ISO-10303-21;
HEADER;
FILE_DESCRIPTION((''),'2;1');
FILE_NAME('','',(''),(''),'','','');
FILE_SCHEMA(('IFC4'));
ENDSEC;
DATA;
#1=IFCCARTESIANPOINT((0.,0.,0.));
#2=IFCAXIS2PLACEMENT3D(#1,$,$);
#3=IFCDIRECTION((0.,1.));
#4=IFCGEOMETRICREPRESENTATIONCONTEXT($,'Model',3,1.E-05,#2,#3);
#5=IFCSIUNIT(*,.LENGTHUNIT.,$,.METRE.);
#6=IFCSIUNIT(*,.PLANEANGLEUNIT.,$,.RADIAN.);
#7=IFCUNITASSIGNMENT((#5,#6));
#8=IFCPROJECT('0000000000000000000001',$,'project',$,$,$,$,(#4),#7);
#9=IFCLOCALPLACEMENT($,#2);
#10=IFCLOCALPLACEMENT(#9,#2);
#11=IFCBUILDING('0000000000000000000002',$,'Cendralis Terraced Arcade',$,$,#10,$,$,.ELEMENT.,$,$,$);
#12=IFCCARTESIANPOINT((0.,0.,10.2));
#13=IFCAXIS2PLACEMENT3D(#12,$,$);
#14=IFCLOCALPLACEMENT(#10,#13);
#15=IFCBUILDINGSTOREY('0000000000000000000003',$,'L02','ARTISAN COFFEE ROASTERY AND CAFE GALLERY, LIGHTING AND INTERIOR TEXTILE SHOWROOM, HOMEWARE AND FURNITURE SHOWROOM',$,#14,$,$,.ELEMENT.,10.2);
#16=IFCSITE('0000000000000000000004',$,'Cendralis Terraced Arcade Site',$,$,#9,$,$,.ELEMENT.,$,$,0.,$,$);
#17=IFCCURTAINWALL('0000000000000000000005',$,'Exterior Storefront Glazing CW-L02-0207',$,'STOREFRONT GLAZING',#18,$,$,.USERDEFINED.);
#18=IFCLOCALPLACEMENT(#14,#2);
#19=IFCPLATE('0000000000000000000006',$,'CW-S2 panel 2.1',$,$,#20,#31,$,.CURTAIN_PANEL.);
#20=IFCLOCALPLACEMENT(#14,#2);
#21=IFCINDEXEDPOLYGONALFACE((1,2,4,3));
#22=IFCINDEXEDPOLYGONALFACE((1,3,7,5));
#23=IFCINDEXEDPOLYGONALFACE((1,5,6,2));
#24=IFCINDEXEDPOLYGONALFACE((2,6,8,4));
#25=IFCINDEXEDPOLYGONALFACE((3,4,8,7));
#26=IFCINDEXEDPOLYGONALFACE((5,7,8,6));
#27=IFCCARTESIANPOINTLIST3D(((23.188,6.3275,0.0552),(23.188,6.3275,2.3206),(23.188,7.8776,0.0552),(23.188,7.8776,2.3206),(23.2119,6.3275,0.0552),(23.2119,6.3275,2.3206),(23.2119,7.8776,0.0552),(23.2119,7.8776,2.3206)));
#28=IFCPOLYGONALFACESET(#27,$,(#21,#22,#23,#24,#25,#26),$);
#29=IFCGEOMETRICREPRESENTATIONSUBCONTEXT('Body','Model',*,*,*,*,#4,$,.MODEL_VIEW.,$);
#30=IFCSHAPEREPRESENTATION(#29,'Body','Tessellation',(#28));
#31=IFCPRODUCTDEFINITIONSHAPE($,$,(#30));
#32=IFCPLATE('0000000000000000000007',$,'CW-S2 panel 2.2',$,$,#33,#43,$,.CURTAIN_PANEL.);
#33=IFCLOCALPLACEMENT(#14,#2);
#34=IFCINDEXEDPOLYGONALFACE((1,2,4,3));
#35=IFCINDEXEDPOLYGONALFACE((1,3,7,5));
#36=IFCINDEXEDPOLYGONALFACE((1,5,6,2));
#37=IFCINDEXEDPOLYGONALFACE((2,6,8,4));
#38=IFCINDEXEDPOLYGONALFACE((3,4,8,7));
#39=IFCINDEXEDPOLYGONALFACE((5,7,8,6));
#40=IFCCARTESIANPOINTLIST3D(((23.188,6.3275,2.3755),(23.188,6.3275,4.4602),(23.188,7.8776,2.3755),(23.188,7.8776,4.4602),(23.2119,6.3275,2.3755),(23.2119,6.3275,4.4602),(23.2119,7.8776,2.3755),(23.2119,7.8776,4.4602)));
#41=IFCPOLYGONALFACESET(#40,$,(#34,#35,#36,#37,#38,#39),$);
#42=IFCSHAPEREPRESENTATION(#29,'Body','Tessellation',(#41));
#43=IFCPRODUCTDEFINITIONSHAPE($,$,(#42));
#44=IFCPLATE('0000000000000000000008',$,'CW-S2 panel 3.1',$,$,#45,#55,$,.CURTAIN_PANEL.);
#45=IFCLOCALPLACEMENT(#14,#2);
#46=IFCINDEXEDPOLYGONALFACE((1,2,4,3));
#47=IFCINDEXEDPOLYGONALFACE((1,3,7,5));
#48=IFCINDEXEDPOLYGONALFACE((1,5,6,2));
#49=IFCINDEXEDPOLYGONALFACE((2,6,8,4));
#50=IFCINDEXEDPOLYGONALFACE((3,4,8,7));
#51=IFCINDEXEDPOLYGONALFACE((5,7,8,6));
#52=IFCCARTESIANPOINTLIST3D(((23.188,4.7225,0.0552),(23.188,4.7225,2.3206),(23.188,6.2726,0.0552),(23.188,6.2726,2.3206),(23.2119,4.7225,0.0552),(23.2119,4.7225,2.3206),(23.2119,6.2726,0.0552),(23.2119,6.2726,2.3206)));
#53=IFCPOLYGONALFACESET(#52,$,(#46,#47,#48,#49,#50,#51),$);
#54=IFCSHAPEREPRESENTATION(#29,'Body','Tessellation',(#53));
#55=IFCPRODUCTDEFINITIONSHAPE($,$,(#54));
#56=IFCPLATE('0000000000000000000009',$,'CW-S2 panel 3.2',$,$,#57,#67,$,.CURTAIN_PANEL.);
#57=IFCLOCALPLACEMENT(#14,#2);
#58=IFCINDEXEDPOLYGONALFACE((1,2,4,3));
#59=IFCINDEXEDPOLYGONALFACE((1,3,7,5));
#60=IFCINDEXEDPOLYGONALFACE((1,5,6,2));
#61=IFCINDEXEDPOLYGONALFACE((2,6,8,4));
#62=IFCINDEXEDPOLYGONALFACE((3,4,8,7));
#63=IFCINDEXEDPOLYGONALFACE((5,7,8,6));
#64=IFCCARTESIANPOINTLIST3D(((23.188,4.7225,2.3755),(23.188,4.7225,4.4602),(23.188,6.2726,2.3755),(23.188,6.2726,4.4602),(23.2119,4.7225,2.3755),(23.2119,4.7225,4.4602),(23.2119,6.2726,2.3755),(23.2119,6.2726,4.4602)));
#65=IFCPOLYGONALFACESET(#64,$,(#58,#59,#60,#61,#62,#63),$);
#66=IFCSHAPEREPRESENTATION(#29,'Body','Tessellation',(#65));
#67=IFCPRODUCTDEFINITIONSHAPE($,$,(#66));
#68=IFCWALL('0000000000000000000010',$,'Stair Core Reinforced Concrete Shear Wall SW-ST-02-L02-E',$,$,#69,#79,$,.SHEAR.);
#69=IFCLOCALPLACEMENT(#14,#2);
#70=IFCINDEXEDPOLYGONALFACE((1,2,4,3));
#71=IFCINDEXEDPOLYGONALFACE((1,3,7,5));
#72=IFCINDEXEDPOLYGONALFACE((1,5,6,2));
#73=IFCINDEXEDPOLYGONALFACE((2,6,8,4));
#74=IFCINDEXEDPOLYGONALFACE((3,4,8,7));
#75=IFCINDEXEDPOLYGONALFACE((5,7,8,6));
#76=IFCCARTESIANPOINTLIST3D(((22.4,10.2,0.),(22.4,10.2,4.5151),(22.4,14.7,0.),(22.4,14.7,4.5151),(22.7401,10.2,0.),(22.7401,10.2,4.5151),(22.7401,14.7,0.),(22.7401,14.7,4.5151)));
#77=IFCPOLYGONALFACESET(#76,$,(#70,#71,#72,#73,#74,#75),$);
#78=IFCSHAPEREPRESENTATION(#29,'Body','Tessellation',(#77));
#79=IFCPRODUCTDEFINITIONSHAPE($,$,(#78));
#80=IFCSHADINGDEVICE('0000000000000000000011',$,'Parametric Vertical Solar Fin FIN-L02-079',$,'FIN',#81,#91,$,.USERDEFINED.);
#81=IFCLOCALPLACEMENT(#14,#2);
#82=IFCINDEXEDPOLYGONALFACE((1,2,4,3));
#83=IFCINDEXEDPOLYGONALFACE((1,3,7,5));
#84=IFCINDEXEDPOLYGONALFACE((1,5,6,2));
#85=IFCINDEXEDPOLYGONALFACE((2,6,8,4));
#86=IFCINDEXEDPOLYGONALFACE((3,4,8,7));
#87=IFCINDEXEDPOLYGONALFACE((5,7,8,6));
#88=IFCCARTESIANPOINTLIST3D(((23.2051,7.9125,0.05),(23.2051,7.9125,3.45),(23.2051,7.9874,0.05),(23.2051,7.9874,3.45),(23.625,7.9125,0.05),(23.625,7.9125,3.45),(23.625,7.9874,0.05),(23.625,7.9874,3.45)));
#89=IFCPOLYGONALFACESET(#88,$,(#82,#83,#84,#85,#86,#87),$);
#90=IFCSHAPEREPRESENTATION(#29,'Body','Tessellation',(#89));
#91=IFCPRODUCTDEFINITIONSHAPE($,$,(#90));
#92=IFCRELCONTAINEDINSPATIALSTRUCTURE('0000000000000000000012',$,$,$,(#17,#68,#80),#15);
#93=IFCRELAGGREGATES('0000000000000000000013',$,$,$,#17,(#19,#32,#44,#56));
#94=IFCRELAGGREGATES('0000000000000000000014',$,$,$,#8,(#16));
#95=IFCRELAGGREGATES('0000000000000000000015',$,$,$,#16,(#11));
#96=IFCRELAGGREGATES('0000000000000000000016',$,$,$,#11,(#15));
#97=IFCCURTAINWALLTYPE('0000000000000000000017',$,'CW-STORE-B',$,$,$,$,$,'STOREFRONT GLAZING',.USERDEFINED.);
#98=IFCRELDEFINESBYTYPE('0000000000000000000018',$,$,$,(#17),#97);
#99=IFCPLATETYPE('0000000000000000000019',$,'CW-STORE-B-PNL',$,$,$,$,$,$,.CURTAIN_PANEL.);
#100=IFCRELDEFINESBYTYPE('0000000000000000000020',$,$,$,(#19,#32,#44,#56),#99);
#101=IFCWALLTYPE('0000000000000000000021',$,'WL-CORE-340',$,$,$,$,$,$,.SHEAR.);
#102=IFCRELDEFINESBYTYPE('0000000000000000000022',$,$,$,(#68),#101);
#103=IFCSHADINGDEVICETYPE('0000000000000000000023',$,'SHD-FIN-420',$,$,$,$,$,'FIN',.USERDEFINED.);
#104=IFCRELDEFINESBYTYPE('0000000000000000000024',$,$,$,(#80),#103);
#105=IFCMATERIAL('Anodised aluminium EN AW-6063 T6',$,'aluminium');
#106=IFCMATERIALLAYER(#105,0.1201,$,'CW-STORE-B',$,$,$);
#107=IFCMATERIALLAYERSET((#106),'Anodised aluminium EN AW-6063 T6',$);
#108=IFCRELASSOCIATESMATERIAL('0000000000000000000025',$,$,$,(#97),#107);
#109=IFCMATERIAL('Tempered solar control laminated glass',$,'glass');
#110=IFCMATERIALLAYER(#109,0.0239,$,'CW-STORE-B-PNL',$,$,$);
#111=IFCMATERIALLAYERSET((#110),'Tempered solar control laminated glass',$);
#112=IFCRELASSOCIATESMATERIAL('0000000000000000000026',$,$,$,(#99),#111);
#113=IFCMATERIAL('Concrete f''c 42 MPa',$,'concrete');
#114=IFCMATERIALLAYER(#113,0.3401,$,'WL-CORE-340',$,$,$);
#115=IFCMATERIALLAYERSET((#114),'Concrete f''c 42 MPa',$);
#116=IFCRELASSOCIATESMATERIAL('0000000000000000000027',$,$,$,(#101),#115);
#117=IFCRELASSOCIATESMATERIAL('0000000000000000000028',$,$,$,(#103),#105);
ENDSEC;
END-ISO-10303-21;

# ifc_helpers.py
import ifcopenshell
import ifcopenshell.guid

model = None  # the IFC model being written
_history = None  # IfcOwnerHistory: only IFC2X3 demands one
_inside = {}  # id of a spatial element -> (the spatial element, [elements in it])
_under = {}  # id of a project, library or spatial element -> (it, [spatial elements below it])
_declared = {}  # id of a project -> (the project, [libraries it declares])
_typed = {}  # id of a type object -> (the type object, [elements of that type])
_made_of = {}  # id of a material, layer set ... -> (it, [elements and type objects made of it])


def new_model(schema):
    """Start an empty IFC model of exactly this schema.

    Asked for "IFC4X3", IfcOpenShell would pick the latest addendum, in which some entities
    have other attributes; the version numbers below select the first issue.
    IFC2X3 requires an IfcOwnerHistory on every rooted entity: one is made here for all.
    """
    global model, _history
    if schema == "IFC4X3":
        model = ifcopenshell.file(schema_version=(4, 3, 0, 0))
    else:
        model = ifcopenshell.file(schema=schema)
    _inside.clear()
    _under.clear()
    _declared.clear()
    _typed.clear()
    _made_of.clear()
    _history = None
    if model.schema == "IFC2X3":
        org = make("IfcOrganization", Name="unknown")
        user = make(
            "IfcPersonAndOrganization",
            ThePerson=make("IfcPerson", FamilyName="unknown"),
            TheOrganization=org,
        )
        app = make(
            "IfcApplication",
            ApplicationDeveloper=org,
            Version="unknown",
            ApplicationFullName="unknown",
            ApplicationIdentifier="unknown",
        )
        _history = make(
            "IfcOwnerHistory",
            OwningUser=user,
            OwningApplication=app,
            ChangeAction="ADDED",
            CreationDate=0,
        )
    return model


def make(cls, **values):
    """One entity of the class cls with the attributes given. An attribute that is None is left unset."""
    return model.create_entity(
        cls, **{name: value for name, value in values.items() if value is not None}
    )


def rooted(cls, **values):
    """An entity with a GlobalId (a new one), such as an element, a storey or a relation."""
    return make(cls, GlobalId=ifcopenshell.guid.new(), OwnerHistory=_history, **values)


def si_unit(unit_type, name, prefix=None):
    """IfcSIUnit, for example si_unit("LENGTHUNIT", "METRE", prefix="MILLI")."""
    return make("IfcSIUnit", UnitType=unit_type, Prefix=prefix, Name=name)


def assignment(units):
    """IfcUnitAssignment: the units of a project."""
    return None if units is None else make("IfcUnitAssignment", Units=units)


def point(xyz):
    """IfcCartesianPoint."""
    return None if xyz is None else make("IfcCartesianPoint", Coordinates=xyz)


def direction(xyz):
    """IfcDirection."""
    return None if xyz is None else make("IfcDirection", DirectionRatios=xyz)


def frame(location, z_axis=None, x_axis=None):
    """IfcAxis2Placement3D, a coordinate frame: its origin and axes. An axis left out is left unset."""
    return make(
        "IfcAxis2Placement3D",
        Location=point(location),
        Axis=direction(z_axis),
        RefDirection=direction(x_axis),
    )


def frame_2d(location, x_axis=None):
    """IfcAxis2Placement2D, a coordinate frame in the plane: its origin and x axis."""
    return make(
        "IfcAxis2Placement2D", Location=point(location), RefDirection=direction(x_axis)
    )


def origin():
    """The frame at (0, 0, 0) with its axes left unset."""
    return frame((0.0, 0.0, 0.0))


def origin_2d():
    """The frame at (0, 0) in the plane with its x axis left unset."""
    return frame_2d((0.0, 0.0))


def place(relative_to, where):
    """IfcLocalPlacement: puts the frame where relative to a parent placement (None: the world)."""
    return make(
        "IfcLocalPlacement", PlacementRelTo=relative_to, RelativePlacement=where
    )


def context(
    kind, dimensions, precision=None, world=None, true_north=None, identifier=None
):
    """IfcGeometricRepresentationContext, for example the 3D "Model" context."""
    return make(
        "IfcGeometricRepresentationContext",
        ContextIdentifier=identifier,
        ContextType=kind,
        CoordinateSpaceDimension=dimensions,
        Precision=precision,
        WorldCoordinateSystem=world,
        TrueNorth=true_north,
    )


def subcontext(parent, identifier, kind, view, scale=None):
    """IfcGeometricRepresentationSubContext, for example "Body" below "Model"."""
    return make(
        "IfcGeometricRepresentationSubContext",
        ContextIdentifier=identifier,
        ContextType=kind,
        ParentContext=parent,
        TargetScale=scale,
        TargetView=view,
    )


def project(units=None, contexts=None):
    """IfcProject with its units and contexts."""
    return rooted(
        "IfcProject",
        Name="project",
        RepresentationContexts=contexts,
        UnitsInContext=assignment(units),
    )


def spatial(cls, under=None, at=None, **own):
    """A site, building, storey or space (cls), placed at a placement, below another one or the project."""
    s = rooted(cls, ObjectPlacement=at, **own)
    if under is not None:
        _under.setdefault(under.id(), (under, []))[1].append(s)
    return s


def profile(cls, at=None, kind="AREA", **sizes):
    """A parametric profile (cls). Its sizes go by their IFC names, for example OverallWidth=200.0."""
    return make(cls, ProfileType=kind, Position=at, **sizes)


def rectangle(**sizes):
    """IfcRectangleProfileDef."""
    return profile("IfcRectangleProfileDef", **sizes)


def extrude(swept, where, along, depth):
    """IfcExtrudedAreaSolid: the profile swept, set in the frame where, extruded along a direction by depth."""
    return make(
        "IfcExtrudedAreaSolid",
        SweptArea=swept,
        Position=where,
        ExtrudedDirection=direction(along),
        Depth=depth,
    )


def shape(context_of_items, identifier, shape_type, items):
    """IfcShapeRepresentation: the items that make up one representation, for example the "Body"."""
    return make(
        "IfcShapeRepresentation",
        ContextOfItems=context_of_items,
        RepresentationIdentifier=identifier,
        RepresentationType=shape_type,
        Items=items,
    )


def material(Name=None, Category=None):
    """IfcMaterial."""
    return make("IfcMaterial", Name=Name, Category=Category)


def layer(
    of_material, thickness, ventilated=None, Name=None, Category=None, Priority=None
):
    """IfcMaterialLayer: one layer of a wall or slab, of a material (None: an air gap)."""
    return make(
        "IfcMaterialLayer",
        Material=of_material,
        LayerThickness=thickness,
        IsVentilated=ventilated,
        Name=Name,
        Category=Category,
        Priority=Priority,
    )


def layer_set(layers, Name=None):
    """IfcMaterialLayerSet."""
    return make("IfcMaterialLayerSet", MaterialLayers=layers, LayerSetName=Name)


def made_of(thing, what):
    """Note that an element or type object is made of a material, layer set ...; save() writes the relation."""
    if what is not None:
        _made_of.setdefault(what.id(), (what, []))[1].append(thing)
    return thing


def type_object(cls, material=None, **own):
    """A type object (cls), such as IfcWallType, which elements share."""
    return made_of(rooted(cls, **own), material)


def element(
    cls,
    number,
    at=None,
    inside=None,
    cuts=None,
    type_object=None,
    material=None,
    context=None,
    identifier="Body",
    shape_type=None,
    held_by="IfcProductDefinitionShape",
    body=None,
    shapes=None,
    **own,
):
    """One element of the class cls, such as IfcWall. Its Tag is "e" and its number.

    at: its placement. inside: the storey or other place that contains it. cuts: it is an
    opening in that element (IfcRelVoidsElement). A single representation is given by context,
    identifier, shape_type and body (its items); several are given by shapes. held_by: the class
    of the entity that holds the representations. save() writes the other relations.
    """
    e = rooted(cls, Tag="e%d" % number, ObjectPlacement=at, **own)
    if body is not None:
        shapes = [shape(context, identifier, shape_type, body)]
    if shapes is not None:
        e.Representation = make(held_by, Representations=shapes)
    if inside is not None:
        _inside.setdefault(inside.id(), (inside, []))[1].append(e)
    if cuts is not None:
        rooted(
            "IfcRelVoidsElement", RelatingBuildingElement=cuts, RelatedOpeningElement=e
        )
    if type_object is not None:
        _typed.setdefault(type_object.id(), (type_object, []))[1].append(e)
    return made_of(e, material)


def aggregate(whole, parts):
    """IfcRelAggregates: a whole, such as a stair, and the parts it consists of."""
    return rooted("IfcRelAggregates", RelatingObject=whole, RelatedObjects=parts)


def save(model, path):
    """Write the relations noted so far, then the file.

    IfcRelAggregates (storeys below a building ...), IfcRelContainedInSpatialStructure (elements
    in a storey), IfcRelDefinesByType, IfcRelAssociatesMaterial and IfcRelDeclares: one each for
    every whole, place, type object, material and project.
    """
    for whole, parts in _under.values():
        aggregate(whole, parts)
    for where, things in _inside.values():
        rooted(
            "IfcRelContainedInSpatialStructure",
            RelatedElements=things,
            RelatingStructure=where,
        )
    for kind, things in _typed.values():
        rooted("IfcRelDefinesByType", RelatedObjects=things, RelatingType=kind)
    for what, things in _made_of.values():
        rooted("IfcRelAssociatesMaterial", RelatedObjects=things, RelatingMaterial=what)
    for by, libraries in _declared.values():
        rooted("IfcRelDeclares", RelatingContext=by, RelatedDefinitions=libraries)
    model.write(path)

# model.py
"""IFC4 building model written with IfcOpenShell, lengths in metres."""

from ifc_helpers import new_model, si_unit, direction, frame, frame_2d, origin, origin_2d, place, context, subcontext, project, spatial, rectangle, extrude, material, layer, layer_set, type_object, element, aggregate, save


model = new_model("IFC4")

# Units and contexts
model_context = context("Model", 3, precision=1e-05, world=origin(), true_north=direction((0.0, 1.0)))
body_context = subcontext(model_context, "Body", "Model", "MODEL_VIEW")
ifc_project = project(units=[si_unit("LENGTHUNIT", "METRE"), si_unit("PLANEANGLEUNIT", "RADIAN")], contexts=[model_context])

# Site, building, storey
site_placement = place(None, origin())
site = spatial("IfcSite", under=ifc_project, at=site_placement, Name="Cendralis Terraced Arcade Site", CompositionType="ELEMENT", RefElevation=0.0)
building_placement = place(site_placement, origin())
building = spatial("IfcBuilding", under=site, at=building_placement, Name="Cendralis Terraced Arcade", CompositionType="ELEMENT")
storey_placement = place(building_placement, frame((0.0, 0.0, 10.2)))
storey = spatial("IfcBuildingStorey", under=building, at=storey_placement, Name="L02", Description="ARTISAN COFFEE ROASTERY AND CAFE GALLERY, LIGHTING AND INTERIOR TEXTILE SHOWROOM, HOMEWARE AND FURNITURE SHOWROOM", CompositionType="ELEMENT", Elevation=10.2)

# Curtain wall, plates
ifc_material_1 = material(Name="Anodised aluminium EN AW-6063 T6", Category="aluminium")
ifc_layer_1 = layer(ifc_material_1, 0.1201, Name="CW-STORE-B")
ifc_layer_set_1 = layer_set([ifc_layer_1], Name="Anodised aluminium EN AW-6063 T6")
curtain_wall_type = type_object("IfcCurtainWallType", Name="CW-STORE-B", ElementType="STOREFRONT GLAZING", PredefinedType="USERDEFINED", material=ifc_layer_set_1)
curtain_wall_placement = place(storey_placement, origin())
curtain_wall = element("IfcCurtainWall", 1, at=curtain_wall_placement, inside=storey, type_object=curtain_wall_type, Name="Exterior Storefront Glazing CW-L02-0207", ObjectType="STOREFRONT GLAZING", PredefinedType="USERDEFINED")
ifc_material_2 = material(Name="Tempered solar control laminated glass", Category="glass")
ifc_layer_2 = layer(ifc_material_2, 0.0239, Name="CW-STORE-B-PNL")
ifc_layer_set_2 = layer_set([ifc_layer_2], Name="Tempered solar control laminated glass")
plate_type = type_object("IfcPlateType", Name="CW-STORE-B-PNL", PredefinedType="CURTAIN_PANEL", material=ifc_layer_set_2)
plate_1_placement = place(storey_placement, frame((23.2, 7.1025, 0.0552), z_axis=(0.0, 0.0, 1.0), x_axis=(0.0, -1.0, 0.0)))
plate_1 = element("IfcPlate", 2, at=plate_1_placement, type_object=plate_type, Name="CW-S2 panel 2.1", PredefinedType="CURTAIN_PANEL", context=body_context, shape_type="SweptSolid", body=[
    extrude(rectangle(XDim=1.55, YDim=0.0239, at=origin_2d()), origin(), (0.0, 0.0, 1.0), 2.2654),
])
plate_2_placement = place(storey_placement, frame((23.2, 7.1025, 2.3755), z_axis=(0.0, 0.0, 1.0), x_axis=(0.0, -1.0, 0.0)))
plate_2 = element("IfcPlate", 3, at=plate_2_placement, type_object=plate_type, Name="CW-S2 panel 2.2", PredefinedType="CURTAIN_PANEL", context=body_context, shape_type="SweptSolid", body=[
    extrude(rectangle(XDim=1.55, YDim=0.0239, at=origin_2d()), origin(), (0.0, 0.0, 1.0), 2.0847),
])
plate_3_placement = place(storey_placement, frame((23.2, 5.4976, 0.0552), z_axis=(0.0, 0.0, 1.0), x_axis=(0.0, -1.0, 0.0)))
plate_3 = element("IfcPlate", 4, at=plate_3_placement, type_object=plate_type, Name="CW-S2 panel 3.1", PredefinedType="CURTAIN_PANEL", context=body_context, shape_type="SweptSolid", body=[
    extrude(rectangle(XDim=1.55, YDim=0.0239, at=origin_2d()), origin(), (0.0, 0.0, 1.0), 2.2654),
])
plate_4_placement = place(storey_placement, frame((23.2, 5.4976, 2.3755), z_axis=(0.0, 0.0, 1.0), x_axis=(0.0, -1.0, 0.0)))
plate_4 = element("IfcPlate", 5, at=plate_4_placement, type_object=plate_type, Name="CW-S2 panel 3.2", PredefinedType="CURTAIN_PANEL", context=body_context, shape_type="SweptSolid", body=[
    extrude(rectangle(XDim=1.55, YDim=0.0239, at=origin_2d()), origin(), (0.0, 0.0, 1.0), 2.0847),
])
aggregate(curtain_wall, [plate_1, plate_2, plate_3, plate_4])

# Wall
ifc_material_3 = material(Name="Concrete f'c 42 MPa", Category="concrete")
ifc_layer_3 = layer(ifc_material_3, 0.3401, Name="WL-CORE-340")
ifc_layer_set_3 = layer_set([ifc_layer_3], Name="Concrete f'c 42 MPa")
wall_type = type_object("IfcWallType", Name="WL-CORE-340", PredefinedType="SHEAR", material=ifc_layer_set_3)
wall_placement = place(storey_placement, frame((22.5701, 10.2, 0.0), z_axis=(0.0, 0.0, 1.0), x_axis=(0.0, 1.0, 0.0)))
element("IfcWall", 6, at=wall_placement, inside=storey, type_object=wall_type, Name="Stair Core Reinforced Concrete Shear Wall SW-ST-02-L02-E", PredefinedType="SHEAR", context=body_context, shape_type="SweptSolid", body=[
    extrude(rectangle(XDim=4.5, YDim=0.3401, at=frame_2d((2.25, 0.0))), origin(), (0.0, 0.0, 1.0), 4.5151),
])

# Shading device
shading_device_type = type_object("IfcShadingDeviceType", Name="SHD-FIN-420", ElementType="FIN", PredefinedType="USERDEFINED", material=ifc_material_1)
shading_device_placement = place(storey_placement, frame((23.415, 7.95, 0.05), z_axis=(0.0, 0.0, 1.0), x_axis=(0.0, -1.0, 0.0)))
element("IfcShadingDevice", 7, at=shading_device_placement, inside=storey, type_object=shading_device_type, Name="Parametric Vertical Solar Fin FIN-L02-079", ObjectType="FIN", PredefinedType="USERDEFINED", context=body_context, shape_type="SweptSolid", body=[
    extrude(rectangle(XDim=0.075, YDim=0.4199, at=origin_2d()), origin(), (0.0, 0.0, 1.0), 3.3999),
])

save(model, "model.ifc")
